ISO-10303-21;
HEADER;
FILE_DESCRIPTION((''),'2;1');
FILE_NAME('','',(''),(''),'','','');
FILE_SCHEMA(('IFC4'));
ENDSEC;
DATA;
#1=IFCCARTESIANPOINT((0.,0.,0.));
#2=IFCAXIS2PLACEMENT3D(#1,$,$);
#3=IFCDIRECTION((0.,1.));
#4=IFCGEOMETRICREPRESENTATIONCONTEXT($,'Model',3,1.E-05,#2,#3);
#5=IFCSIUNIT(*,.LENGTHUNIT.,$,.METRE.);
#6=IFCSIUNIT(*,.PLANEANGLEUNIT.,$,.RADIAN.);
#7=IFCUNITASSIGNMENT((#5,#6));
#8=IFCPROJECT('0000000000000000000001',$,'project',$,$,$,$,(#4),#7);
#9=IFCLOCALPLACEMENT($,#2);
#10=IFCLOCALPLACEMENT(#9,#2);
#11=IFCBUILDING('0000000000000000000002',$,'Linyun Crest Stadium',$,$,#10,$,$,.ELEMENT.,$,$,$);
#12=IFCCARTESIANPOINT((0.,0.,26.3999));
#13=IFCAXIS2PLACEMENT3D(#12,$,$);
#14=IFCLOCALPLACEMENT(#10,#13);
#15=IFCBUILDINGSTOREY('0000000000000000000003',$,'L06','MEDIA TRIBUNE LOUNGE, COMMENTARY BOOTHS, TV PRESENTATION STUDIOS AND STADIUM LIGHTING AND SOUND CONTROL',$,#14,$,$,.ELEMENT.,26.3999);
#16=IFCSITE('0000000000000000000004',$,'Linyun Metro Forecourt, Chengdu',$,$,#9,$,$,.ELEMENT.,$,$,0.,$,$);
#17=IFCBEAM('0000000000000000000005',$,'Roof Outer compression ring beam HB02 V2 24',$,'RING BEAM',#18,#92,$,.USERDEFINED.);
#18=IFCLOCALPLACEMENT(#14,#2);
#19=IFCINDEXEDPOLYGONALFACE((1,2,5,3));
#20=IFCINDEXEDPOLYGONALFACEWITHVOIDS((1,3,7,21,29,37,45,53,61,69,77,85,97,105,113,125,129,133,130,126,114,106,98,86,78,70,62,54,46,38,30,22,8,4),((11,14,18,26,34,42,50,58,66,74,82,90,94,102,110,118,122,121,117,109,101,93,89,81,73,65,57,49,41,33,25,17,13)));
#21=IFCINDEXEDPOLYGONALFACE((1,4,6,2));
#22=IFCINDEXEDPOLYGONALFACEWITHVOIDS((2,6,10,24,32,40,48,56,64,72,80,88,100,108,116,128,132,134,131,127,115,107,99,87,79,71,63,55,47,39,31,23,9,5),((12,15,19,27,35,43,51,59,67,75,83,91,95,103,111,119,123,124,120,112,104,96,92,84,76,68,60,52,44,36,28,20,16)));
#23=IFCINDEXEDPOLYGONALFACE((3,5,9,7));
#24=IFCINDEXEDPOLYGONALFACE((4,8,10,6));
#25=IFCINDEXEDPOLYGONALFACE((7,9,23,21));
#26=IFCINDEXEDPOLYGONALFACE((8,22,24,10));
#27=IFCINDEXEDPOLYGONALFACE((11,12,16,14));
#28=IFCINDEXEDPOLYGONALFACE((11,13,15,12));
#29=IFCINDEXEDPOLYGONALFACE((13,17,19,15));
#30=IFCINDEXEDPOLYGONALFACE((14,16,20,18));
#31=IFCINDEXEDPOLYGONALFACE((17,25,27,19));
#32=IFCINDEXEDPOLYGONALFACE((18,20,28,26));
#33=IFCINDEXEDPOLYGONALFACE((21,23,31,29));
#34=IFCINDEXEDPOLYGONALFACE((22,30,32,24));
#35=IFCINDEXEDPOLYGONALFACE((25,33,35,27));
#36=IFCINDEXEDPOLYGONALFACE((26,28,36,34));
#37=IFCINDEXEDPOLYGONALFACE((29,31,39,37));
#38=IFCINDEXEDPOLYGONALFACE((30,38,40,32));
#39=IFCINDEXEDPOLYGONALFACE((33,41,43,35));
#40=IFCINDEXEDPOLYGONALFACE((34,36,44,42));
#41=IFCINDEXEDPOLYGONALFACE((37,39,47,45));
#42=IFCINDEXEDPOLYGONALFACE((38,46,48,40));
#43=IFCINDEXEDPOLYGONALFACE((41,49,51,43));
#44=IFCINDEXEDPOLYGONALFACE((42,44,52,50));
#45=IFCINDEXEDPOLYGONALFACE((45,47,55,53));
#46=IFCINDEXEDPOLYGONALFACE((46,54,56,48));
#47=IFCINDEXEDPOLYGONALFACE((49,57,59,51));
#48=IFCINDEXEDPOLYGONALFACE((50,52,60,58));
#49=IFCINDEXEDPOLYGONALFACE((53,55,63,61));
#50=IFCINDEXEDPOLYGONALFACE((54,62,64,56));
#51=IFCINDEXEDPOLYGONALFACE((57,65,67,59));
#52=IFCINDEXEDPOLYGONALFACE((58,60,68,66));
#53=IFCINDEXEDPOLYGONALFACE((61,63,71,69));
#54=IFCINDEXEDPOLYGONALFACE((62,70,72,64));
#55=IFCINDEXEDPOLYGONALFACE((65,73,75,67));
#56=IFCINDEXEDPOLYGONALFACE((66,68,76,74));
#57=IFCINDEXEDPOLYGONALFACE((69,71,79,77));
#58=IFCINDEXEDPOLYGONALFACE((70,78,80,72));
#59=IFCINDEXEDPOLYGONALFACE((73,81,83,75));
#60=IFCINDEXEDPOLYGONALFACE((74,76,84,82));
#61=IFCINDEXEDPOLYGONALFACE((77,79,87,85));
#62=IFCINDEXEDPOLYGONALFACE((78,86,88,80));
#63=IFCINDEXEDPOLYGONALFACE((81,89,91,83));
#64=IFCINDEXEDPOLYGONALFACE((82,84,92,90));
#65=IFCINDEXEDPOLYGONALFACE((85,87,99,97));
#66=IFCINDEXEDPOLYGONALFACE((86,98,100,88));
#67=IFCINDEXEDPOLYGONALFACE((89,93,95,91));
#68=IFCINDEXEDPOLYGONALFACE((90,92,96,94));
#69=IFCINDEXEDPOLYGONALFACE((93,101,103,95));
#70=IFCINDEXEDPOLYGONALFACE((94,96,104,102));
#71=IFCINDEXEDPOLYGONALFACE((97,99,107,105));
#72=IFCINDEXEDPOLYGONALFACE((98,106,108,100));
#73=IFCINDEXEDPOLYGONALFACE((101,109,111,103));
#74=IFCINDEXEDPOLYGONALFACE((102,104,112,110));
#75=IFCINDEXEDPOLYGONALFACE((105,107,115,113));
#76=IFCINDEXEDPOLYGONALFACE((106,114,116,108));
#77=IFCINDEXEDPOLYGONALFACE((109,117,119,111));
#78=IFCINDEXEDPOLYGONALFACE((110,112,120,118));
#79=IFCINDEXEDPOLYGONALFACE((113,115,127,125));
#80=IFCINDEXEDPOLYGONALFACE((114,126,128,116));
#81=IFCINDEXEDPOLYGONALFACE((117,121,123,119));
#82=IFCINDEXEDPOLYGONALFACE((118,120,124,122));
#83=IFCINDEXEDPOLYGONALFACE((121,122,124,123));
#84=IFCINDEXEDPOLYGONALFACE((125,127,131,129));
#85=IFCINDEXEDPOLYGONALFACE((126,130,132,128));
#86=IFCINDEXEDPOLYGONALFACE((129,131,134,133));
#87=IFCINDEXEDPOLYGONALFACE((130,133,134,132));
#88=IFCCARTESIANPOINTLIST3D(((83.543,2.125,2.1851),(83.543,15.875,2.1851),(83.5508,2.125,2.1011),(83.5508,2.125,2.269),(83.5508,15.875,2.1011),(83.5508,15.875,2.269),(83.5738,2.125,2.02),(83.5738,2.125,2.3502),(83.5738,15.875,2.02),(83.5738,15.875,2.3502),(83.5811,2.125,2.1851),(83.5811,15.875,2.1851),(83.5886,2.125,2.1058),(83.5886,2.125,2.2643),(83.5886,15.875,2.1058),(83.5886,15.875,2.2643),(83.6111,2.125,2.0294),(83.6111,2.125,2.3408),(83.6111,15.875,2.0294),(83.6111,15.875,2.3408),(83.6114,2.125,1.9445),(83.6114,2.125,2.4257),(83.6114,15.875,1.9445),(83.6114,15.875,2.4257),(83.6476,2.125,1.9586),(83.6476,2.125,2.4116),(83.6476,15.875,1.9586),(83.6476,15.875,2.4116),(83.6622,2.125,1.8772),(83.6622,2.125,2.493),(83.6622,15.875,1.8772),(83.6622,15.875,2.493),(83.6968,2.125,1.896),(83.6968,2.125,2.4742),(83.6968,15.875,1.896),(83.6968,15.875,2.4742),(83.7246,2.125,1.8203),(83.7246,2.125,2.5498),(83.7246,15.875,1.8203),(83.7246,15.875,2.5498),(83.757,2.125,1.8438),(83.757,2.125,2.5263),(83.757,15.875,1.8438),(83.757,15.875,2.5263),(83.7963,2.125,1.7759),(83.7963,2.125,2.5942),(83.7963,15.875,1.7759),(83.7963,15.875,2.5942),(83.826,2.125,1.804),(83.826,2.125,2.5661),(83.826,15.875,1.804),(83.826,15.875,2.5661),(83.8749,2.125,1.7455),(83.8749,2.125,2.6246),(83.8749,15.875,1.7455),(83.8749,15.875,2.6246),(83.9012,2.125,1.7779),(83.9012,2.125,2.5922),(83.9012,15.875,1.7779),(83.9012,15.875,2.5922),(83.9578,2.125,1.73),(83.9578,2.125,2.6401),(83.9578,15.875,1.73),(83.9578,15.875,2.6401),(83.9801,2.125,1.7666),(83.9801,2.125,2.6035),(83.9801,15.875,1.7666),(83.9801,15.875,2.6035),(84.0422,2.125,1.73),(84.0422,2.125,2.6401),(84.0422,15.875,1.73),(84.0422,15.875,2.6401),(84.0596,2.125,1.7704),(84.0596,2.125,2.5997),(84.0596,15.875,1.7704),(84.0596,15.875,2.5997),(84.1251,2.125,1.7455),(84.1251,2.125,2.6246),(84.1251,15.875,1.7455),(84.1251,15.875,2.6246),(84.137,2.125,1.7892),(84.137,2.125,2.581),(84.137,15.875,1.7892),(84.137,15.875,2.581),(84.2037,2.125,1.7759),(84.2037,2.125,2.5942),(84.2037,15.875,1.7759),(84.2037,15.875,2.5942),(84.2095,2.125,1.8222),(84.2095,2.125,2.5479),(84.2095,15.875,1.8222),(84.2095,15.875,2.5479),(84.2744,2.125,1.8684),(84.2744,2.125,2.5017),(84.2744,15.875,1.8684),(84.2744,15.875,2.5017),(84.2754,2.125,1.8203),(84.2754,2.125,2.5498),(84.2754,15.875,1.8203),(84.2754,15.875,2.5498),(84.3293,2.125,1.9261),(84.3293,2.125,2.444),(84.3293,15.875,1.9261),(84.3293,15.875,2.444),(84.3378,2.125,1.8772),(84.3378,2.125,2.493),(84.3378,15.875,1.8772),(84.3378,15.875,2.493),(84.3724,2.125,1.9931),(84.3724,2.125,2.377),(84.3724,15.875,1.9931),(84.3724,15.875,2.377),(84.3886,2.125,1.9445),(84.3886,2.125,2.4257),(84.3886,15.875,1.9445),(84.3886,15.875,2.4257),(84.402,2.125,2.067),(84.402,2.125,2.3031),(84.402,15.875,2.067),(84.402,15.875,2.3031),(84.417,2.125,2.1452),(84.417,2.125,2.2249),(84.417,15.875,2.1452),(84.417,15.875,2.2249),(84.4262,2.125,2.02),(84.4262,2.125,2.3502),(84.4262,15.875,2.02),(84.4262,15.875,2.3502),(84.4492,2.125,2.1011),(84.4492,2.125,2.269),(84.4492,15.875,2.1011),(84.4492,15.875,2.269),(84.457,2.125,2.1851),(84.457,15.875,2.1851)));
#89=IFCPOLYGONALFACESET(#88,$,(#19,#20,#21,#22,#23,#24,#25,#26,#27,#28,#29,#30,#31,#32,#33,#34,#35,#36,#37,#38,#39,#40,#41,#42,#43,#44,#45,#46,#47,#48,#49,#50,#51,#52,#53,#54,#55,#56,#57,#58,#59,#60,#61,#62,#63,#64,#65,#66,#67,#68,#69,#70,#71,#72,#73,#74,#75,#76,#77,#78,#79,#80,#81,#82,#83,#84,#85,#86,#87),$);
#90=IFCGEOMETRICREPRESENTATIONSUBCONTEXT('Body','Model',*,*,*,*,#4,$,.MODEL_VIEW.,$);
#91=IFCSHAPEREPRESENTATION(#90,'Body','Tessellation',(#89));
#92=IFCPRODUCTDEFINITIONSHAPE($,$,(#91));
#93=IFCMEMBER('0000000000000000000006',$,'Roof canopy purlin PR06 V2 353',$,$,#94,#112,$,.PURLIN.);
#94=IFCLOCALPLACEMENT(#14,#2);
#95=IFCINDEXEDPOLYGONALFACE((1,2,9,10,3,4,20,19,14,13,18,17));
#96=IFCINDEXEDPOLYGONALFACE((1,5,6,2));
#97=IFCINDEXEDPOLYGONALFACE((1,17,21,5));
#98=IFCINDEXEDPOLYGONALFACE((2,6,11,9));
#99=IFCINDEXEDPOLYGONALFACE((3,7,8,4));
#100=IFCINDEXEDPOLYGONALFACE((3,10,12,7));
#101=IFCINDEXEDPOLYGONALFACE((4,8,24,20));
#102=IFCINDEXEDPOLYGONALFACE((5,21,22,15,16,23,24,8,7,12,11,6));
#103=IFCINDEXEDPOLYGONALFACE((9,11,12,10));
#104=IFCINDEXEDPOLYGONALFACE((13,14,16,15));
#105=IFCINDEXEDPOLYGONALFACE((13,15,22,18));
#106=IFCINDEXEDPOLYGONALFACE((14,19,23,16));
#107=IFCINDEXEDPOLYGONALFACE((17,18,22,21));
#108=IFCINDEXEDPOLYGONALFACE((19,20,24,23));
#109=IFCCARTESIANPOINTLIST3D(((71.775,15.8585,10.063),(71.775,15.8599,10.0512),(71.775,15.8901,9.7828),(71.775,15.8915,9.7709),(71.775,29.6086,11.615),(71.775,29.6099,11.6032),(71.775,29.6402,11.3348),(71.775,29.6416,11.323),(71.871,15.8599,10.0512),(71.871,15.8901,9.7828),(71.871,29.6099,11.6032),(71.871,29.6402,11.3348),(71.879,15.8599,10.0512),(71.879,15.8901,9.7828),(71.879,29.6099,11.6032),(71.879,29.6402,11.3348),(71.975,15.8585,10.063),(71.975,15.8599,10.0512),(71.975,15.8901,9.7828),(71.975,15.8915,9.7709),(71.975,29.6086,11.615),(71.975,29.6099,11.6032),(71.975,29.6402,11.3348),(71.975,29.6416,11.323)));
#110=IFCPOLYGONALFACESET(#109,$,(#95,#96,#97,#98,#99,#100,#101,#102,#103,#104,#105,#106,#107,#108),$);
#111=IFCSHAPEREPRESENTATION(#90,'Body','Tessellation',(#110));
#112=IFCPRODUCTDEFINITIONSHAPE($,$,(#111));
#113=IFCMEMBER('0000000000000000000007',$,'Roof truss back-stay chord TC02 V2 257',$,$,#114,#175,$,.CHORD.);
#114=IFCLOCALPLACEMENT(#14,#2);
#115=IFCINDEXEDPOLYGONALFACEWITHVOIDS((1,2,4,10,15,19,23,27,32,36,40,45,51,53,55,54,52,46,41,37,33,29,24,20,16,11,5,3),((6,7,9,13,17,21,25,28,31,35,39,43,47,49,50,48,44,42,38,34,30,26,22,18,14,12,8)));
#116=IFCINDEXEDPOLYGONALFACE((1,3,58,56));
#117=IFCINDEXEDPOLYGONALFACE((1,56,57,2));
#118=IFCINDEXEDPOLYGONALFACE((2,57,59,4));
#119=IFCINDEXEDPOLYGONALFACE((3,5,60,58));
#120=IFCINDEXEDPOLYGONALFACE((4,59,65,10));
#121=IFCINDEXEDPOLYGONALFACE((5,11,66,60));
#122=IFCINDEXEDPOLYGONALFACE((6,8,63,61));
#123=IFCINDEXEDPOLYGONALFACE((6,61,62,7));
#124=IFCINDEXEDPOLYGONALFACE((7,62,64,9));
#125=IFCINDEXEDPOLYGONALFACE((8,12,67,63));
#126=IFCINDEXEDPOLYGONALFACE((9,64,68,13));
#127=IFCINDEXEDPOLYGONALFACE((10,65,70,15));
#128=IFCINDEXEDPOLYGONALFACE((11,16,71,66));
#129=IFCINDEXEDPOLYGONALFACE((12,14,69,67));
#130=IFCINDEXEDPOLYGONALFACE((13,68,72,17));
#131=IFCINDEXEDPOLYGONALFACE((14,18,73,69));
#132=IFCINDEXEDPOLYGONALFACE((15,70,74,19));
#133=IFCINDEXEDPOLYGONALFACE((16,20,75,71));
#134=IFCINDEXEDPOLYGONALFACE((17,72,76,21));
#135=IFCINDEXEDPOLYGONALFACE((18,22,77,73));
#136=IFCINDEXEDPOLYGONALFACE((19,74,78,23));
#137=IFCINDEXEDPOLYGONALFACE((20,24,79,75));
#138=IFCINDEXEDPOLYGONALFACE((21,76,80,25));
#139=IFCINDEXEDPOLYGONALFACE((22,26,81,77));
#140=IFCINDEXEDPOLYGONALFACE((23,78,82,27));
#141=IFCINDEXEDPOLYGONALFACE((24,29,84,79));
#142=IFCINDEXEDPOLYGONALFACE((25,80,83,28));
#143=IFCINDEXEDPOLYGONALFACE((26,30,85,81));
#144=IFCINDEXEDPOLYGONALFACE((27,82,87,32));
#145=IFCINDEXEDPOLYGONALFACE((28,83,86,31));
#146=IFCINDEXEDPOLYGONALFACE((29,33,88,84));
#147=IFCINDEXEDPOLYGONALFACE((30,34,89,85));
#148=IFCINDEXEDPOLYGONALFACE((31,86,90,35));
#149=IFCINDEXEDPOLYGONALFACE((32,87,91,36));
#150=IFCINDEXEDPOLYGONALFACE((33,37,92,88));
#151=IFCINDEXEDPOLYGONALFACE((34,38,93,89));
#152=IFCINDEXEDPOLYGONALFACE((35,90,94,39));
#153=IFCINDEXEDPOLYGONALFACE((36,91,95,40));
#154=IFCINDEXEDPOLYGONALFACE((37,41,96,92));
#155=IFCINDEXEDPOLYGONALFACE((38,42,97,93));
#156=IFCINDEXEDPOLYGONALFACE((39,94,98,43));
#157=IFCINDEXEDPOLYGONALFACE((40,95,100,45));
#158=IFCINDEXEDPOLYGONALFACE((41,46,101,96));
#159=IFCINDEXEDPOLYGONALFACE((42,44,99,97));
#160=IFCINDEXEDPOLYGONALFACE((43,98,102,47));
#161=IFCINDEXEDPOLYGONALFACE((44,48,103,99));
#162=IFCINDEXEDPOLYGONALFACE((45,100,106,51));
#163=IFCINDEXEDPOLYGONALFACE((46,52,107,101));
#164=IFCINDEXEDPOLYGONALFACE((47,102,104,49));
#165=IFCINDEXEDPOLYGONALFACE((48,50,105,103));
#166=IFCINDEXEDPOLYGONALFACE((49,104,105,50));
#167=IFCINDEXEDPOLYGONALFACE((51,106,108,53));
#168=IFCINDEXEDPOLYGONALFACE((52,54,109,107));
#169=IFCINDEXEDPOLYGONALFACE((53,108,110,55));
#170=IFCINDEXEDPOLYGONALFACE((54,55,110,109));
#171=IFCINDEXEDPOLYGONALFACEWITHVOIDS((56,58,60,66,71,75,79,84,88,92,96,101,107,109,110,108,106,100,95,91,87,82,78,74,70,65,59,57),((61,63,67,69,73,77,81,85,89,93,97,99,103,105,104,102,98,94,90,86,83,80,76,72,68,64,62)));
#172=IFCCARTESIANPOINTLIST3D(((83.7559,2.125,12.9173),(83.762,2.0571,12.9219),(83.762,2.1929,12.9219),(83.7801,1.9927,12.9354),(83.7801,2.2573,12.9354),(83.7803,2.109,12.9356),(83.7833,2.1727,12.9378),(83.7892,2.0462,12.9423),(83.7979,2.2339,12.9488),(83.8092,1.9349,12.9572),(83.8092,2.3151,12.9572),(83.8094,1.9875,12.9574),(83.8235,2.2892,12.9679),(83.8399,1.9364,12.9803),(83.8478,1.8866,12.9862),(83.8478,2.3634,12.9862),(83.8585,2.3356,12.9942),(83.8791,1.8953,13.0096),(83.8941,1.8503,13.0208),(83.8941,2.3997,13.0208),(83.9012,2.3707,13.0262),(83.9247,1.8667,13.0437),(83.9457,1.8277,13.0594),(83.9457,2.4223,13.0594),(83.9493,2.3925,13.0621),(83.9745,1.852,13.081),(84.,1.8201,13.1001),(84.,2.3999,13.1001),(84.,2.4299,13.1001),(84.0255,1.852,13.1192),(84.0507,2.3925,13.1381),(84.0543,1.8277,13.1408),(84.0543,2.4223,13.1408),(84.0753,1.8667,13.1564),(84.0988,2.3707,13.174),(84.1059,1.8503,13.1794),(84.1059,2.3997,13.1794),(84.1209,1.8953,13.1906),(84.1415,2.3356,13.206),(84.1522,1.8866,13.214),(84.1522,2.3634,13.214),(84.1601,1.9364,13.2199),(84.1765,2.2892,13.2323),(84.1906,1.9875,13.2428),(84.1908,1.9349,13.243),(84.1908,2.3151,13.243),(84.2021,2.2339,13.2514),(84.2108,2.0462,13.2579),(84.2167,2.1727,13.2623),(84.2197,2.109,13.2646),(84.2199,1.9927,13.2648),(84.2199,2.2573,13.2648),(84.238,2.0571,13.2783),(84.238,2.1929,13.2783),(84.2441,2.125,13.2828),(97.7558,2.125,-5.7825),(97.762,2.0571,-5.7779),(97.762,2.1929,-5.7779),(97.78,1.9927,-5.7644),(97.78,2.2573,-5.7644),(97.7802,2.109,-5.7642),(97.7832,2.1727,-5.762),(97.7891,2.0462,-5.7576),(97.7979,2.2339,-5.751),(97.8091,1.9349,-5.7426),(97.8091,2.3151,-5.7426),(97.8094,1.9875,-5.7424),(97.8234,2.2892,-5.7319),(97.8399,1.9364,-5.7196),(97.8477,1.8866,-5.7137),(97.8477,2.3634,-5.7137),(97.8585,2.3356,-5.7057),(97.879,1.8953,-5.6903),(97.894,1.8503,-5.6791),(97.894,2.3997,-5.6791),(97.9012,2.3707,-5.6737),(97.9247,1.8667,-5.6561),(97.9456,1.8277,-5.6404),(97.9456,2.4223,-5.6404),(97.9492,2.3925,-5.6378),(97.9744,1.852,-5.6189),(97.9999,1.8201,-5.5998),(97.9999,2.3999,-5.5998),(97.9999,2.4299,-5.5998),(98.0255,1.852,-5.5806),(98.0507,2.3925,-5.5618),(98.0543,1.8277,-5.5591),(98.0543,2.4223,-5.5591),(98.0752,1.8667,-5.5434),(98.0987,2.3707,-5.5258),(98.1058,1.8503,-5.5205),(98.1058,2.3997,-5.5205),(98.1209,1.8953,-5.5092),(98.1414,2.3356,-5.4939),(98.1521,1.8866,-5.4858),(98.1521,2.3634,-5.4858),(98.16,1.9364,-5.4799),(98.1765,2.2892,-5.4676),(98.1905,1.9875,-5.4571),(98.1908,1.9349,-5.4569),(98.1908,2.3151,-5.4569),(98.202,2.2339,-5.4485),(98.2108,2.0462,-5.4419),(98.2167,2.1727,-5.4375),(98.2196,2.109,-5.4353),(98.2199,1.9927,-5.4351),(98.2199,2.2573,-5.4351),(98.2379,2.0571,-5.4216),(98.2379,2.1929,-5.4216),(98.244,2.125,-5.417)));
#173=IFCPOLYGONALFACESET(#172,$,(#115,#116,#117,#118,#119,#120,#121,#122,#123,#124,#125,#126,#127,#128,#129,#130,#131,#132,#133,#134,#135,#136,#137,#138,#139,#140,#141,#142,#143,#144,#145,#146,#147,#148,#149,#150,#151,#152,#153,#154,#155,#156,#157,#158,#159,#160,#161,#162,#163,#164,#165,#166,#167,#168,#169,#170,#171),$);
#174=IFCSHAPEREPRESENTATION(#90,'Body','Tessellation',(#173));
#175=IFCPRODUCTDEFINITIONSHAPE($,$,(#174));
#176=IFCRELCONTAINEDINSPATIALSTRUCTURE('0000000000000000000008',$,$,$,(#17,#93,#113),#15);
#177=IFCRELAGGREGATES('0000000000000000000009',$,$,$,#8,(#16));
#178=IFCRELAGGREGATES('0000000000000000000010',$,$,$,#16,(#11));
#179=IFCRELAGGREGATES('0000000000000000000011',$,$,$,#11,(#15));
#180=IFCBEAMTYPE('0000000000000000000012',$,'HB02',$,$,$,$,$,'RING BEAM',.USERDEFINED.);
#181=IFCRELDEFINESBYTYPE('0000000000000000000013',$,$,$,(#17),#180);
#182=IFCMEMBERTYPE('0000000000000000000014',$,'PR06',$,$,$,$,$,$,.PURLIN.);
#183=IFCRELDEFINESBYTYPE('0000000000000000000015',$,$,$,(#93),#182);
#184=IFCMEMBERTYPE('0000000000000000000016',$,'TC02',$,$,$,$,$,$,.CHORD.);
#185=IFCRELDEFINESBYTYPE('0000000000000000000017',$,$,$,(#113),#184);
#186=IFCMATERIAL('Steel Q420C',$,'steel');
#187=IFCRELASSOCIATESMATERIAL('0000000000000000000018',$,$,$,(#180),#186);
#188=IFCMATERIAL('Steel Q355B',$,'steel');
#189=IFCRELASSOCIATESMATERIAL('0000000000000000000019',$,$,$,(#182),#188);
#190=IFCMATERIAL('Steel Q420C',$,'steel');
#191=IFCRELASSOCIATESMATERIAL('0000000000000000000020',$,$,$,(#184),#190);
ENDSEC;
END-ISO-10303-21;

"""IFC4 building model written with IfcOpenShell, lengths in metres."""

from ifc_helpers import new_model, si_unit, direction, frame, origin, origin_2d, place, context, subcontext, project, spatial, hollow_circle, i_section, extrude, material, material_profile, profile_set, type_object, element, save


model = new_model("IFC4")

# Units and contexts
model_context = context("Model", 3, precision=1e-05, world=origin(), true_north=direction((0.0, 1.0)))
body_context = subcontext(model_context, "Body", "Model", "MODEL_VIEW")
ifc_project = project(units=[si_unit("LENGTHUNIT", "METRE"), si_unit("PLANEANGLEUNIT", "RADIAN")], contexts=[model_context])

# Site, building, storey
site_placement = place(None, origin())
site = spatial("IfcSite", under=ifc_project, at=site_placement, Name="Linyun Metro Forecourt, Chengdu", CompositionType="ELEMENT", RefElevation=0.0)
building_placement = place(site_placement, origin())
building = spatial("IfcBuilding", under=site, at=building_placement, Name="Linyun Crest Stadium", CompositionType="ELEMENT")
storey_placement = place(building_placement, frame((0.0, 0.0, 26.3999)))
storey = spatial("IfcBuildingStorey", under=building, at=storey_placement, Name="L06", Description="MEDIA TRIBUNE LOUNGE, COMMENTARY BOOTHS, TV PRESENTATION STUDIOS AND STADIUM LIGHTING AND SOUND CONTROL", CompositionType="ELEMENT", Elevation=26.3999)

# Beam
ifc_material_1 = material(Name="Steel Q420C", Category="steel")
ifc_material_profile_1 = material_profile(ifc_material_1, hollow_circle(Radius=0.457, WallThickness=0.0381, at=origin_2d()), Name="CHS 914x38")
ifc_profile_set_1 = profile_set([ifc_material_profile_1], Name="Steel Q420C")
beam_type = type_object("IfcBeamType", Name="HB02", ElementType="RING BEAM", PredefinedType="USERDEFINED", material=ifc_profile_set_1)
beam_placement = place(storey_placement, frame((84.0, 2.125, 2.1851), z_axis=(0.0, 1.0, 0.0), x_axis=(-1.0, 0.0, 0.0)))
element("IfcBeam", 1, at=beam_placement, inside=storey, type_object=beam_type, Name="Roof Outer compression ring beam HB02 V2 24", ObjectType="RING BEAM", PredefinedType="USERDEFINED", context=body_context, shape_type="SweptSolid", body=[
    extrude(hollow_circle(Radius=0.457, WallThickness=0.0381, at=origin_2d()), origin(), (0.0, 0.0, 1.0), 13.75),
])

# Members
ifc_material_2 = material(Name="Steel Q355B", Category="steel")
ifc_material_profile_2 = material_profile(ifc_material_2, i_section(OverallWidth=0.2, OverallDepth=0.2939, WebThickness=0.0081, FlangeThickness=0.012, at=origin_2d()), Name="HM 294x200")
ifc_profile_set_2 = profile_set([ifc_material_profile_2], Name="Steel Q355B")
member_type_1 = type_object("IfcMemberType", Name="PR06", PredefinedType="PURLIN", material=ifc_profile_set_2)
member_1_placement = place(storey_placement, frame((71.875, 15.875, 9.917), z_axis=(0.0, 0.99369, 0.112161), x_axis=(-1.0, 0.0, 0.0)))
element("IfcMember", 2, at=member_1_placement, inside=storey, type_object=member_type_1, Name="Roof canopy purlin PR06 V2 353", PredefinedType="PURLIN", context=body_context, shape_type="SweptSolid", body=[
    extrude(i_section(OverallWidth=0.2, OverallDepth=0.2939, WebThickness=0.0081, FlangeThickness=0.012, at=origin_2d()), origin(), (0.0, 0.0, 1.0), 13.8374),
])
ifc_material_3 = material(Name="Steel Q420C", Category="steel")
ifc_material_profile_3 = material_profile(ifc_material_3, hollow_circle(Radius=0.3049, WallThickness=0.03, at=origin_2d()), Name="CHS 610x30")
ifc_profile_set_3 = profile_set([ifc_material_profile_3], Name="Steel Q420C")
member_type_2 = type_object("IfcMemberType", Name="TC02", PredefinedType="CHORD", material=ifc_profile_set_3)
member_2_placement = place(storey_placement, frame((84.0, 2.125, 13.1001), z_axis=(0.599316, 0.0, -0.800513), x_axis=(0.0, 1.0, 0.0)))
element("IfcMember", 3, at=member_2_placement, inside=storey, type_object=member_type_2, Name="Roof truss back-stay chord TC02 V2 257", PredefinedType="CHORD", context=body_context, shape_type="SweptSolid", body=[
    extrude(hollow_circle(Radius=0.3049, WallThickness=0.03, at=origin_2d()), origin(), (0.0, 0.0, 1.0), 23.3599),
])

save(model, "model.ifc")
